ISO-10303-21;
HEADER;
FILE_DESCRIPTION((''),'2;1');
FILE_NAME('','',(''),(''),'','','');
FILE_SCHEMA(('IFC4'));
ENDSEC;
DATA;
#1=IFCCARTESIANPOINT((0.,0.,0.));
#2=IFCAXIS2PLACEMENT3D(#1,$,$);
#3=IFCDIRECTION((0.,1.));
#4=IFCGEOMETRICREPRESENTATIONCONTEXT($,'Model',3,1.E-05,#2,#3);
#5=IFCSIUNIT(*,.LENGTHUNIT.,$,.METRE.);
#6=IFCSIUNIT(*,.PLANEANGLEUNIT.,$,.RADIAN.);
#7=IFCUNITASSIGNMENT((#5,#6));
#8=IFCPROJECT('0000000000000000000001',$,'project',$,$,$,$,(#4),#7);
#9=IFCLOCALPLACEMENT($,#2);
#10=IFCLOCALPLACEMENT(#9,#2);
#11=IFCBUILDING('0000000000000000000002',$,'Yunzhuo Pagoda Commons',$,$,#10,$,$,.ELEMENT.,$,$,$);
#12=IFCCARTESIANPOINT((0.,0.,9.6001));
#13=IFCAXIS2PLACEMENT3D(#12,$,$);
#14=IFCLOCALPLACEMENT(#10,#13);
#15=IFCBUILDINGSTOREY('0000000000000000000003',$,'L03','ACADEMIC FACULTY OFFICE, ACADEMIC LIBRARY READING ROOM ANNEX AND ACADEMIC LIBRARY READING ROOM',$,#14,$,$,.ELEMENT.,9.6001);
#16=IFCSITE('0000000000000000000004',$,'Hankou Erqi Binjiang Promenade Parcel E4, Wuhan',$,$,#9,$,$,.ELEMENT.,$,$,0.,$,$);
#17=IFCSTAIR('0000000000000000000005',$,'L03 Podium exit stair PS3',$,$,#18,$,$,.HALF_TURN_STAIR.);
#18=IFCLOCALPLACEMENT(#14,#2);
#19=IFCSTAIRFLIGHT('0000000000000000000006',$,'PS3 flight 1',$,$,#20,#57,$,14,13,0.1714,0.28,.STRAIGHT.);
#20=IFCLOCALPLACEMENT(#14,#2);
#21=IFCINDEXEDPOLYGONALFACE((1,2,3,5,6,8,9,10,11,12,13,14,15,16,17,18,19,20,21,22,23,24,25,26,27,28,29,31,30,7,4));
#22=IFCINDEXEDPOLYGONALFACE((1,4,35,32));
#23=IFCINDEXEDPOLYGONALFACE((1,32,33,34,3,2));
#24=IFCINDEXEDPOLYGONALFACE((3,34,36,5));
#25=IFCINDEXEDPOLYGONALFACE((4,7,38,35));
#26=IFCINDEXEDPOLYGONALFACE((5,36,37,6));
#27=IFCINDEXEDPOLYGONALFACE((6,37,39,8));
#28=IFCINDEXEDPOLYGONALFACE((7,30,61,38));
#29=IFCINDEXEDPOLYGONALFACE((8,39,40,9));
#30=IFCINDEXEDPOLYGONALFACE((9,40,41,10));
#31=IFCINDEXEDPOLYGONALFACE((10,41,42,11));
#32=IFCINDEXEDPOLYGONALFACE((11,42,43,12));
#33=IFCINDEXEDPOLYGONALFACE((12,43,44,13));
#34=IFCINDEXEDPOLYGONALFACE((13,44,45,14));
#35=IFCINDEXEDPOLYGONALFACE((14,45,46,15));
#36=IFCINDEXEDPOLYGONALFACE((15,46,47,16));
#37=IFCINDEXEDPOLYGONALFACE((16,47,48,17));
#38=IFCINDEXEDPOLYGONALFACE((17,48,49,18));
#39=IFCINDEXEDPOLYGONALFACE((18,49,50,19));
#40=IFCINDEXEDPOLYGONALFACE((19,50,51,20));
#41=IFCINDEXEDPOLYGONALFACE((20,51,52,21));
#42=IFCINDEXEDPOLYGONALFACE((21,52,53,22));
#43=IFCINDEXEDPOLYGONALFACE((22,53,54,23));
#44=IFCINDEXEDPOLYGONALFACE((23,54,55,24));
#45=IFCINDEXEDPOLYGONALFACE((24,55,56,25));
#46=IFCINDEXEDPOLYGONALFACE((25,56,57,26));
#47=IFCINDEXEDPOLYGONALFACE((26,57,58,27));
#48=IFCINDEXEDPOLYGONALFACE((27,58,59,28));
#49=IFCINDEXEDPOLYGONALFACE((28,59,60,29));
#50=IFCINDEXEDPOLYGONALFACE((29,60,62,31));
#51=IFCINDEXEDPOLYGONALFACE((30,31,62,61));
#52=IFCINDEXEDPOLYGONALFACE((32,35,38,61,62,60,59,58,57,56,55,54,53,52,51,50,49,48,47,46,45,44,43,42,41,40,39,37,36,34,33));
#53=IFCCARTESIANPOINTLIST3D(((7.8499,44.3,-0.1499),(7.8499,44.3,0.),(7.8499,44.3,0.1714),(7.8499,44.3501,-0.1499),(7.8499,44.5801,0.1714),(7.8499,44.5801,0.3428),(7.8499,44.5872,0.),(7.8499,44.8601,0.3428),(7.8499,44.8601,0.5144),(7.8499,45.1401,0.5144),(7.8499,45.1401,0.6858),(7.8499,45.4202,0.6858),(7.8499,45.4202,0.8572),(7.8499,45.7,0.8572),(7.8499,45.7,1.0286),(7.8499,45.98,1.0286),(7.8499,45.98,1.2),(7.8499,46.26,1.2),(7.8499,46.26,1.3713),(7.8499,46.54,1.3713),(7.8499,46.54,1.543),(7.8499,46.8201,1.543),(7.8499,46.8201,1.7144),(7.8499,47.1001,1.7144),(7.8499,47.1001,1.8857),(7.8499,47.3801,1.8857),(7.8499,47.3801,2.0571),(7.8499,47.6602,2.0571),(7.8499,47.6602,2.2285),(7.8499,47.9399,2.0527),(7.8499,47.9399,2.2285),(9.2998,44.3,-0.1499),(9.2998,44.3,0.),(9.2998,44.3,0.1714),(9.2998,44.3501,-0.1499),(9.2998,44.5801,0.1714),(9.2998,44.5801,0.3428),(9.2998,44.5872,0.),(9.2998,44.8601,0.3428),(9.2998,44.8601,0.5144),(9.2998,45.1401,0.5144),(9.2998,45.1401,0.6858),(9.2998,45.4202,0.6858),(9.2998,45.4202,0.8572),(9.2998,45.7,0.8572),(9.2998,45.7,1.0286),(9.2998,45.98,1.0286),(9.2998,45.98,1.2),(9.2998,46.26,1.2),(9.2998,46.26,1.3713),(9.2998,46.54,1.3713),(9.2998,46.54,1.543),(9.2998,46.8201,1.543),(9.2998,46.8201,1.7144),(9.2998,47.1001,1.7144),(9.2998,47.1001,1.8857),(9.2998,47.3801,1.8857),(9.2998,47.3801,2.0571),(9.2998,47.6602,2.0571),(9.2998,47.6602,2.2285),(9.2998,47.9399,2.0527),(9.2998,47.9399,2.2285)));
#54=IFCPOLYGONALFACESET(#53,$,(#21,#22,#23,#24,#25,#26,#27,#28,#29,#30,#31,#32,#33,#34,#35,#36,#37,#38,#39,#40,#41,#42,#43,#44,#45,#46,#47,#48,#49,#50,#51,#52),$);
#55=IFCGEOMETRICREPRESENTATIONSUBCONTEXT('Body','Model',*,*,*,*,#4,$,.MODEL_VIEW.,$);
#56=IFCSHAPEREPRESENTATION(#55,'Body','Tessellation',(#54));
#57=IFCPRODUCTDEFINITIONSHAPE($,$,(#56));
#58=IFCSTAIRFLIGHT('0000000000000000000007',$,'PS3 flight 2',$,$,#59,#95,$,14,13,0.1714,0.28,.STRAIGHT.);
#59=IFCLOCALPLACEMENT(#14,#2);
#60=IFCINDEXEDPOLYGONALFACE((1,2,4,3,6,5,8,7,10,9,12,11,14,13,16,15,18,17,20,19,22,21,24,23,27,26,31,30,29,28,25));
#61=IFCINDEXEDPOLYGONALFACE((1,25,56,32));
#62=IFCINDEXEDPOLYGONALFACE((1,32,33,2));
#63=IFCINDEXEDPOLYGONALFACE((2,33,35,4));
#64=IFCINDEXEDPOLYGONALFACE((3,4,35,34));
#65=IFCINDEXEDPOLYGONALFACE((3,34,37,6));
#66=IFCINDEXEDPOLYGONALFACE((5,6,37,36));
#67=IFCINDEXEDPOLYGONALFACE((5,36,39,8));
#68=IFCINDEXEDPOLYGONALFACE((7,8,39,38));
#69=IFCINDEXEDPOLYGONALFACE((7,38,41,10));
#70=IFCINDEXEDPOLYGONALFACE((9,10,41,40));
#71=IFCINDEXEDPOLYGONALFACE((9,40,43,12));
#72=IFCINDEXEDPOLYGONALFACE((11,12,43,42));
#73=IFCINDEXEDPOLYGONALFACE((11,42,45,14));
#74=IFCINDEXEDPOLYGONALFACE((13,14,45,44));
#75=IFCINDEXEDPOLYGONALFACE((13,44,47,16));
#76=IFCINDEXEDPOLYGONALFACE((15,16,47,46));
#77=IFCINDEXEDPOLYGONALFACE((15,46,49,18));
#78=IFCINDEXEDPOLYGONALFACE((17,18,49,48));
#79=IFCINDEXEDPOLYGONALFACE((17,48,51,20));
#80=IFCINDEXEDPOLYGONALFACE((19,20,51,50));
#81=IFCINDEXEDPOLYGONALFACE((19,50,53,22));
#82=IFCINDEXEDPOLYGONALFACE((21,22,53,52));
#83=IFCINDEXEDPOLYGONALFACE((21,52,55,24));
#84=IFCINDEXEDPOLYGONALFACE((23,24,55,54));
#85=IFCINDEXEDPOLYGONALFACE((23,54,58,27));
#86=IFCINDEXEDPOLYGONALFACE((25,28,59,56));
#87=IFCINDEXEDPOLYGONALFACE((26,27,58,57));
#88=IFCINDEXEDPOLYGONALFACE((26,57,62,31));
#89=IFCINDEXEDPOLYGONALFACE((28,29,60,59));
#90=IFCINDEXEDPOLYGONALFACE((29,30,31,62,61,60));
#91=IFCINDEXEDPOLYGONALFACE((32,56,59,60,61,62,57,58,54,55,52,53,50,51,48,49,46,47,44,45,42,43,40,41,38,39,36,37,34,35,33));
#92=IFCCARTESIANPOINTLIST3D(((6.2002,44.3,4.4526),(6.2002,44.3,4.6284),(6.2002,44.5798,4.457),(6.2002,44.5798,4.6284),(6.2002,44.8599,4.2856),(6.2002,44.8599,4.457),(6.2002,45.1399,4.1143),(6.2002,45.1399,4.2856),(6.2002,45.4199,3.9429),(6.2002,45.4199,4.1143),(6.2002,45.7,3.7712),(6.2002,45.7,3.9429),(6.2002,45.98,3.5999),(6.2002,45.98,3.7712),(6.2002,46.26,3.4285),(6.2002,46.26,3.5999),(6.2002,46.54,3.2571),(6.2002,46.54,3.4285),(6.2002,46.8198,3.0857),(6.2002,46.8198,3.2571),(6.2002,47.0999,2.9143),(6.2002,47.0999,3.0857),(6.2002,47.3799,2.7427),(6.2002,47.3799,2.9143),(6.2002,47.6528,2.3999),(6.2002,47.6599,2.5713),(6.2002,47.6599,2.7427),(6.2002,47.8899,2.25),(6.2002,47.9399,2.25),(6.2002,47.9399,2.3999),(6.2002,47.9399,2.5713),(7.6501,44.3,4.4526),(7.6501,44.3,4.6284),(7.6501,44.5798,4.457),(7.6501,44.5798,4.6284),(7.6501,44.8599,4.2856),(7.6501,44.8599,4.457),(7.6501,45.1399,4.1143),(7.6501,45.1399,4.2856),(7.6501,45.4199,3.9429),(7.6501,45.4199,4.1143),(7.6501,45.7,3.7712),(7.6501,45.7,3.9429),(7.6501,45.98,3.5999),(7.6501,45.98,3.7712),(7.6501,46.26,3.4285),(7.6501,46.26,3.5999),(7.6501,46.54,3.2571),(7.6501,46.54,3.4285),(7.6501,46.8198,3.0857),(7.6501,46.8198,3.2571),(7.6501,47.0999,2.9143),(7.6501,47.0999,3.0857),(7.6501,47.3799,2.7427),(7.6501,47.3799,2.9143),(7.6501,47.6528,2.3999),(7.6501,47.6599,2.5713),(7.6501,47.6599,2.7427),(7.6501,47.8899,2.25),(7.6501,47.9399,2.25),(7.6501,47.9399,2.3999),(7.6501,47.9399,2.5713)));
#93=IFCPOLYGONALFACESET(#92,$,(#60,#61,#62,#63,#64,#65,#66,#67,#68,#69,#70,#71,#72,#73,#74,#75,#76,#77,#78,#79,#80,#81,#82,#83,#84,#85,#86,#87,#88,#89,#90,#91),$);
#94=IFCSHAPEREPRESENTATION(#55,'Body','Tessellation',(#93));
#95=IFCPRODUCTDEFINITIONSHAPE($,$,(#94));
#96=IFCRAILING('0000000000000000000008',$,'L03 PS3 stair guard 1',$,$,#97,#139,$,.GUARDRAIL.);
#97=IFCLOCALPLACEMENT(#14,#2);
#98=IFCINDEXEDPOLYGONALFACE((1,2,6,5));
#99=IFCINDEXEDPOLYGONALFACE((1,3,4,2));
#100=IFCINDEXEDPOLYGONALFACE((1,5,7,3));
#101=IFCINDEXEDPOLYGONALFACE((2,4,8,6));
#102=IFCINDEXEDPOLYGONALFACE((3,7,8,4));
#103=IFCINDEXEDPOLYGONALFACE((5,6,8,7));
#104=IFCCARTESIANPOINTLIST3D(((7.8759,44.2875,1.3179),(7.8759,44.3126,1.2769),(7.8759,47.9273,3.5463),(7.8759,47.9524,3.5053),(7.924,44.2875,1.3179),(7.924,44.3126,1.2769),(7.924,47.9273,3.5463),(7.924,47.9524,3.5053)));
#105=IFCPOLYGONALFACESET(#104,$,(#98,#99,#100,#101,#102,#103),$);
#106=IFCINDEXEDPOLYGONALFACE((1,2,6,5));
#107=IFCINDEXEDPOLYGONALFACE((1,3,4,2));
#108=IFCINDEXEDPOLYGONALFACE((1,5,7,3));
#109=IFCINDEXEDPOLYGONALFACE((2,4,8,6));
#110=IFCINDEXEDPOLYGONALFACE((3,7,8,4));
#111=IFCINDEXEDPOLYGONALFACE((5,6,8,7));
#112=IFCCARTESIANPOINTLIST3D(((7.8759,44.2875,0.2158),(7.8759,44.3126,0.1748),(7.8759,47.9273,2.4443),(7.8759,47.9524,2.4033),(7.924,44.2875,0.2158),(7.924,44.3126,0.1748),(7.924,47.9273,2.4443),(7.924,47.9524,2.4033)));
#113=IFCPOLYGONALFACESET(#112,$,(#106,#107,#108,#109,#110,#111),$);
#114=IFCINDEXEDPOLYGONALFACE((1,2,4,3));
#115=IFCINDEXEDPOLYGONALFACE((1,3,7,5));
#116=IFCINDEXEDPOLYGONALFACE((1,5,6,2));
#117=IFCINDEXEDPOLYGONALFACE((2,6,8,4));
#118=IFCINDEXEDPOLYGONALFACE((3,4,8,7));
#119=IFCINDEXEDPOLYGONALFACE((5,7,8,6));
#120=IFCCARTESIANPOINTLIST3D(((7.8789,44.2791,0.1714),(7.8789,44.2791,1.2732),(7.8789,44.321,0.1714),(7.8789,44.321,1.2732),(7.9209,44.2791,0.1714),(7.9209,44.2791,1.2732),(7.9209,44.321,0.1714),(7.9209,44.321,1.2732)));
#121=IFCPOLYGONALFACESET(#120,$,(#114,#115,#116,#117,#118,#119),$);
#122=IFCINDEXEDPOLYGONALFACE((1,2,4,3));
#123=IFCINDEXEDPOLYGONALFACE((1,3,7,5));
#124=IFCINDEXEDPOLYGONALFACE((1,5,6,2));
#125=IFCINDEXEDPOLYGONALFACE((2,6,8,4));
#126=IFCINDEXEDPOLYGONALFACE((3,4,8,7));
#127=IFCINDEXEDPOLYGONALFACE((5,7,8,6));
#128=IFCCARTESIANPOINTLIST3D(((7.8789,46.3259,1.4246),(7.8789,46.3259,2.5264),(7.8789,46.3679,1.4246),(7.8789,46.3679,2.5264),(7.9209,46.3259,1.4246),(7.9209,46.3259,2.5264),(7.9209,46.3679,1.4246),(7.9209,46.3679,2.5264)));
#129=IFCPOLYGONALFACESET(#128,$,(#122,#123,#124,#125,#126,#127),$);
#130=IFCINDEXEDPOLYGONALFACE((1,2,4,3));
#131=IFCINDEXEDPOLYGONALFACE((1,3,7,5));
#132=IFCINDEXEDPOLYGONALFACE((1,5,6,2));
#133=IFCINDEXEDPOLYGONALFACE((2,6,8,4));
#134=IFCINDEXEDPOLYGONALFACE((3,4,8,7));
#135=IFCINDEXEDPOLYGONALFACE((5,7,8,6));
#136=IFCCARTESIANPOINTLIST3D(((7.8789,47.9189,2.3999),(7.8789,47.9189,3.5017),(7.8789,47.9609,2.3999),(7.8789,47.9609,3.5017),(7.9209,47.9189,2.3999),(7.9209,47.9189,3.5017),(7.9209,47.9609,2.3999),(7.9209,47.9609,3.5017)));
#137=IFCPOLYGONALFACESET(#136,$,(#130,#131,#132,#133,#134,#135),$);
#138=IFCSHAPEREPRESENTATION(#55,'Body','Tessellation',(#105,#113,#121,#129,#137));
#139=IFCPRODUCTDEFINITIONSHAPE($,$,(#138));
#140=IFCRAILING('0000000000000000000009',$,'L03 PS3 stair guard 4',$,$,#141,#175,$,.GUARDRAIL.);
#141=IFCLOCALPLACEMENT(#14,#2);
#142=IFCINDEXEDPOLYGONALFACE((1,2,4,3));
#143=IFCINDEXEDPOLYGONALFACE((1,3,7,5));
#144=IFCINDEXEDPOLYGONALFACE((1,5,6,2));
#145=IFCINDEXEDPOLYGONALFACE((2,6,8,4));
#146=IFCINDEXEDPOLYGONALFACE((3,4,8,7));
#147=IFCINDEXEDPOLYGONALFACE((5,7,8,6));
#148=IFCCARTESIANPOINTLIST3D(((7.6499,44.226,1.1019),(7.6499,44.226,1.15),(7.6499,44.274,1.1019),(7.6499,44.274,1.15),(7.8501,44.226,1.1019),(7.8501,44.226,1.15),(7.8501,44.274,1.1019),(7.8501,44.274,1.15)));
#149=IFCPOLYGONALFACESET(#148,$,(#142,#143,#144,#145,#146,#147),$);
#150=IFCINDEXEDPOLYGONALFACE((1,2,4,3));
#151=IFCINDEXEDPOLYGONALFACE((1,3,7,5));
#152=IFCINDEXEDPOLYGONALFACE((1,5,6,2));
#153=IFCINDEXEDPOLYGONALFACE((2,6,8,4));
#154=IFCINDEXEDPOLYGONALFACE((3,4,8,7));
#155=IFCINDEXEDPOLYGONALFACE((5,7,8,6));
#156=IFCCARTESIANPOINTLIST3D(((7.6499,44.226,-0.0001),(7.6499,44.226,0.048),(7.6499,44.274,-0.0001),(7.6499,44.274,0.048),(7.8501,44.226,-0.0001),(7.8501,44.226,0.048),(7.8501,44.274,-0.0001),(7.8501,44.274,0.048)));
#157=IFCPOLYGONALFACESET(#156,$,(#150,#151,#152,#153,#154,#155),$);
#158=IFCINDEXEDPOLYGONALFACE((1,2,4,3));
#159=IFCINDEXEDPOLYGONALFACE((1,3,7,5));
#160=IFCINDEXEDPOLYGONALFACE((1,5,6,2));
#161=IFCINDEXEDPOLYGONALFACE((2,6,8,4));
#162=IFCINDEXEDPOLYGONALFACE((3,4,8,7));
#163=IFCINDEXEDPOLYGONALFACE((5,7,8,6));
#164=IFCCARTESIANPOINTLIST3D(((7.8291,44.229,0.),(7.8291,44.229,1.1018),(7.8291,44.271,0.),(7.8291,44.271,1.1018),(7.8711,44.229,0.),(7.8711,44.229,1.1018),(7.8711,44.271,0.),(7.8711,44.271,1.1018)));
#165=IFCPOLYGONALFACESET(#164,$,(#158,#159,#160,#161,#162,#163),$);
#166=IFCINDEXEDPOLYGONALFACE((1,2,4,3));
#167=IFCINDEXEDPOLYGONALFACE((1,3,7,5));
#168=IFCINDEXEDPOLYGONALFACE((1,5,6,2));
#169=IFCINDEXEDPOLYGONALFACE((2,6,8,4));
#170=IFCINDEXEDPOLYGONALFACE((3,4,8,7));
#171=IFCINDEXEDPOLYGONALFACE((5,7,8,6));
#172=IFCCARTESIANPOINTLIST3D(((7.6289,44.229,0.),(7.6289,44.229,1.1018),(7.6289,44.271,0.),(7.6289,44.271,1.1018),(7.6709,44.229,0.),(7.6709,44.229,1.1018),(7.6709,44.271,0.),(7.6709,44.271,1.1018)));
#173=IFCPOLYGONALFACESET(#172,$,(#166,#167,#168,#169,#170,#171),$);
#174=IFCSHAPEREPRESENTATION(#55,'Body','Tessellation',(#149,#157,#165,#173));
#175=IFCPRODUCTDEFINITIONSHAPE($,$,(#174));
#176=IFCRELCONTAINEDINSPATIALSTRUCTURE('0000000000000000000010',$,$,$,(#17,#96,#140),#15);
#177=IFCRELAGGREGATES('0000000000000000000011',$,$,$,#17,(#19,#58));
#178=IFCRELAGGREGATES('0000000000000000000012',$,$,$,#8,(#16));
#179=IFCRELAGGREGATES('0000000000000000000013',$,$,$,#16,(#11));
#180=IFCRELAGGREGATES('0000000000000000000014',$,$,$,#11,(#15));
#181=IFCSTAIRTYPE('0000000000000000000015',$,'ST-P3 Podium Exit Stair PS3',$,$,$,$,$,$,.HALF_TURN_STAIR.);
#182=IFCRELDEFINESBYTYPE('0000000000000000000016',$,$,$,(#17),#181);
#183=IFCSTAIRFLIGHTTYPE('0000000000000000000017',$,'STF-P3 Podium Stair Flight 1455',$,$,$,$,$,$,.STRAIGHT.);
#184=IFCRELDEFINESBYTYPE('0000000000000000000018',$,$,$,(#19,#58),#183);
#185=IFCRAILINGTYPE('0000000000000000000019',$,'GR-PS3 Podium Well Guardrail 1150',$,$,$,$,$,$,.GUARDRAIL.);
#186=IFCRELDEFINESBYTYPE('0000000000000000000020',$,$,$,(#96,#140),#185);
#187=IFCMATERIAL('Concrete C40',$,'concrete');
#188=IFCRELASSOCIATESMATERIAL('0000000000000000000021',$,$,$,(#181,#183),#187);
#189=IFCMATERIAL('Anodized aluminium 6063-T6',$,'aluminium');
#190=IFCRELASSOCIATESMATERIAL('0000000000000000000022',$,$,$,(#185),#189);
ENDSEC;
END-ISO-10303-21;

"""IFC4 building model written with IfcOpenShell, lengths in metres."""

from ifc_helpers import new_model, si_unit, direction, frame, origin, origin_2d, place, context, subcontext, project, spatial, polyline, rectangle, outline, extrude, source, transform, mapped, material, type_object, element, aggregate, save


model = new_model("IFC4")

# Units and contexts
model_context = context("Model", 3, precision=1e-05, world=origin(), true_north=direction((0.0, 1.0)))
body_context = subcontext(model_context, "Body", "Model", "MODEL_VIEW")
ifc_project = project(units=[si_unit("LENGTHUNIT", "METRE"), si_unit("PLANEANGLEUNIT", "RADIAN")], contexts=[model_context])

# Site, building, storey
site_placement = place(None, origin())
site = spatial("IfcSite", under=ifc_project, at=site_placement, Name="Hankou Erqi Binjiang Promenade Parcel E4, Wuhan", CompositionType="ELEMENT", RefElevation=0.0)
building_placement = place(site_placement, origin())
building = spatial("IfcBuilding", under=site, at=building_placement, Name="Yunzhuo Pagoda Commons", CompositionType="ELEMENT")
storey_placement = place(building_placement, frame((0.0, 0.0, 9.6001)))
storey = spatial("IfcBuildingStorey", under=building, at=storey_placement, Name="L03", Description="ACADEMIC FACULTY OFFICE, ACADEMIC LIBRARY READING ROOM ANNEX AND ACADEMIC LIBRARY READING ROOM", CompositionType="ELEMENT", Elevation=9.6001)

# Stair, stair flights
ifc_material_1 = material(Name="Concrete C40", Category="concrete")
stair_type = type_object("IfcStairType", Name="ST-P3 Podium Exit Stair PS3", PredefinedType="HALF_TURN_STAIR", material=ifc_material_1)
stair_placement = place(storey_placement, origin())
stair = element("IfcStair", 1, at=stair_placement, inside=storey, type_object=stair_type, Name="L03 Podium exit stair PS3", PredefinedType="HALF_TURN_STAIR")
stair_flight_type = type_object("IfcStairFlightType", Name="STF-P3 Podium Stair Flight 1455", PredefinedType="STRAIGHT", material=ifc_material_1)
shared_shape_1 = source(origin(), body_context, "Body", "SweptSolid", [
    extrude(outline(polyline([(0.0, -0.1499), (0.0, 0.0), (0.0, 0.1714), (0.28, 0.1714), (0.28, 0.3428), (0.5601, 0.3428), (0.5601, 0.5144), (0.8401, 0.5144), (0.8401, 0.6858), (1.1201, 0.6858), (1.1201, 0.8572), (1.3999, 0.8572), (1.3999, 1.0286), (1.6799, 1.0286), (1.6799, 1.2), (1.96, 1.2), (1.96, 1.3713), (2.24, 1.3713), (2.24, 1.543), (2.52, 1.543), (2.52, 1.7144), (2.8, 1.7144), (2.8, 1.8857), (3.0801, 1.8857), (3.0801, 2.0571), (3.3601, 2.0571), (3.3601, 2.2285), (3.6399, 2.2285), (3.6399, 2.3999), (3.6399, 2.0527), (0.2871, 0.0), (0.05, -0.1499), (0.0, -0.1499)])), frame((0.0, 0.7251, 0.0), z_axis=(0.0, -1.0, 0.0), x_axis=(1.0, 0.0, 0.0)), (0.0, 0.0, 1.0), 1.45),
])
stair_flight_1_placement = place(storey_placement, frame((8.575, 44.3, 0.0), z_axis=(0.0, 0.0, 1.0), x_axis=(0.0, 1.0, 0.0)))
stair_flight_1 = element("IfcStairFlight", 2, at=stair_flight_1_placement, type_object=stair_flight_type, Name="PS3 flight 1", NumberOfRisers=14, NumberOfTreads=13, PredefinedType="STRAIGHT", RiserHeight=0.1714, TreadLength=0.28, context=body_context, shape_type="MappedRepresentation", body=[
    mapped(shared_shape_1, transform((0.0, 0.0, 0.0), scale=1.0)),
])
stair_flight_2_placement = place(storey_placement, frame((6.925, 47.9399, 2.3999), z_axis=(0.0, 0.0, 1.0), x_axis=(0.0, -1.0, 0.0)))
stair_flight_2 = element("IfcStairFlight", 3, at=stair_flight_2_placement, type_object=stair_flight_type, Name="PS3 flight 2", NumberOfRisers=14, NumberOfTreads=13, PredefinedType="STRAIGHT", RiserHeight=0.1714, TreadLength=0.28, context=body_context, shape_type="MappedRepresentation", body=[
    mapped(shared_shape_1, transform((0.0, 0.0, 0.0), scale=1.0)),
])
aggregate(stair, [stair_flight_1, stair_flight_2])

# Railings
ifc_material_2 = material(Name="Anodized aluminium 6063-T6", Category="aluminium")
railing_type_1 = type_object("IfcRailingType", Name="GR-PS3 Podium Well Guardrail 1150", PredefinedType="GUARDRAIL", material=ifc_material_2)
railing_1_placement = place(storey_placement, frame((7.8999, 44.3, 0.1714)))
element("IfcRailing", 4, at=railing_1_placement, inside=storey, type_object=railing_type_1, Name="L03 PS3 stair guard 1", PredefinedType="GUARDRAIL", context=body_context, shape_type="SweptSolid", body=[
    extrude(rectangle(XDim=0.0481, YDim=0.0481, at=origin_2d()), frame((0.0, 0.0, 1.126), z_axis=(0.0, 0.85285, 0.522156), x_axis=(-1.0, 0.0, 0.0)), (0.0, 0.0, 1.0), 4.2678),
    extrude(rectangle(XDim=0.0481, YDim=0.0481, at=origin_2d()), frame((0.0, 0.0, 0.0239), z_axis=(0.0, 0.85285, 0.522156), x_axis=(-1.0, 0.0, 0.0)), (0.0, 0.0, 1.0), 4.2678),
    extrude(rectangle(XDim=0.042, YDim=0.042, at=origin_2d()), origin(), (0.0, 0.0, 1.0), 1.1018),
    extrude(rectangle(XDim=0.042, YDim=0.042, at=origin_2d()), frame((0.0, 2.0469, 1.2532)), (0.0, 0.0, 1.0), 1.1018),
    extrude(rectangle(XDim=0.042, YDim=0.042, at=origin_2d()), frame((0.0, 3.6399, 2.2285)), (0.0, 0.0, 1.0), 1.1018),
])
railing_2_placement = place(storey_placement, frame((7.8501, 44.25, 0.0)))
element("IfcRailing", 5, at=railing_2_placement, inside=storey, type_object=railing_type_1, Name="L03 PS3 stair guard 4", PredefinedType="GUARDRAIL", context=body_context, shape_type="SweptSolid", body=[
    extrude(rectangle(XDim=0.0481, YDim=0.0481, at=origin_2d()), frame((0.0, 0.0, 1.126), z_axis=(-1.0, 0.0, 0.0), x_axis=(0.0, -1.0, 0.0)), (0.0, 0.0, 1.0), 0.2002),
    extrude(rectangle(XDim=0.0481, YDim=0.0481, at=origin_2d()), frame((0.0, 0.0, 0.0239), z_axis=(-1.0, 0.0, 0.0), x_axis=(0.0, -1.0, 0.0)), (0.0, 0.0, 1.0), 0.2002),
    extrude(rectangle(XDim=0.042, YDim=0.042, at=origin_2d()), origin(), (0.0, 0.0, 1.0), 1.1018),
    extrude(rectangle(XDim=0.042, YDim=0.042, at=origin_2d()), frame((-0.2002, 0.0, 0.0)), (0.0, 0.0, 1.0), 1.1018),
])

save(model, "model.ifc")
